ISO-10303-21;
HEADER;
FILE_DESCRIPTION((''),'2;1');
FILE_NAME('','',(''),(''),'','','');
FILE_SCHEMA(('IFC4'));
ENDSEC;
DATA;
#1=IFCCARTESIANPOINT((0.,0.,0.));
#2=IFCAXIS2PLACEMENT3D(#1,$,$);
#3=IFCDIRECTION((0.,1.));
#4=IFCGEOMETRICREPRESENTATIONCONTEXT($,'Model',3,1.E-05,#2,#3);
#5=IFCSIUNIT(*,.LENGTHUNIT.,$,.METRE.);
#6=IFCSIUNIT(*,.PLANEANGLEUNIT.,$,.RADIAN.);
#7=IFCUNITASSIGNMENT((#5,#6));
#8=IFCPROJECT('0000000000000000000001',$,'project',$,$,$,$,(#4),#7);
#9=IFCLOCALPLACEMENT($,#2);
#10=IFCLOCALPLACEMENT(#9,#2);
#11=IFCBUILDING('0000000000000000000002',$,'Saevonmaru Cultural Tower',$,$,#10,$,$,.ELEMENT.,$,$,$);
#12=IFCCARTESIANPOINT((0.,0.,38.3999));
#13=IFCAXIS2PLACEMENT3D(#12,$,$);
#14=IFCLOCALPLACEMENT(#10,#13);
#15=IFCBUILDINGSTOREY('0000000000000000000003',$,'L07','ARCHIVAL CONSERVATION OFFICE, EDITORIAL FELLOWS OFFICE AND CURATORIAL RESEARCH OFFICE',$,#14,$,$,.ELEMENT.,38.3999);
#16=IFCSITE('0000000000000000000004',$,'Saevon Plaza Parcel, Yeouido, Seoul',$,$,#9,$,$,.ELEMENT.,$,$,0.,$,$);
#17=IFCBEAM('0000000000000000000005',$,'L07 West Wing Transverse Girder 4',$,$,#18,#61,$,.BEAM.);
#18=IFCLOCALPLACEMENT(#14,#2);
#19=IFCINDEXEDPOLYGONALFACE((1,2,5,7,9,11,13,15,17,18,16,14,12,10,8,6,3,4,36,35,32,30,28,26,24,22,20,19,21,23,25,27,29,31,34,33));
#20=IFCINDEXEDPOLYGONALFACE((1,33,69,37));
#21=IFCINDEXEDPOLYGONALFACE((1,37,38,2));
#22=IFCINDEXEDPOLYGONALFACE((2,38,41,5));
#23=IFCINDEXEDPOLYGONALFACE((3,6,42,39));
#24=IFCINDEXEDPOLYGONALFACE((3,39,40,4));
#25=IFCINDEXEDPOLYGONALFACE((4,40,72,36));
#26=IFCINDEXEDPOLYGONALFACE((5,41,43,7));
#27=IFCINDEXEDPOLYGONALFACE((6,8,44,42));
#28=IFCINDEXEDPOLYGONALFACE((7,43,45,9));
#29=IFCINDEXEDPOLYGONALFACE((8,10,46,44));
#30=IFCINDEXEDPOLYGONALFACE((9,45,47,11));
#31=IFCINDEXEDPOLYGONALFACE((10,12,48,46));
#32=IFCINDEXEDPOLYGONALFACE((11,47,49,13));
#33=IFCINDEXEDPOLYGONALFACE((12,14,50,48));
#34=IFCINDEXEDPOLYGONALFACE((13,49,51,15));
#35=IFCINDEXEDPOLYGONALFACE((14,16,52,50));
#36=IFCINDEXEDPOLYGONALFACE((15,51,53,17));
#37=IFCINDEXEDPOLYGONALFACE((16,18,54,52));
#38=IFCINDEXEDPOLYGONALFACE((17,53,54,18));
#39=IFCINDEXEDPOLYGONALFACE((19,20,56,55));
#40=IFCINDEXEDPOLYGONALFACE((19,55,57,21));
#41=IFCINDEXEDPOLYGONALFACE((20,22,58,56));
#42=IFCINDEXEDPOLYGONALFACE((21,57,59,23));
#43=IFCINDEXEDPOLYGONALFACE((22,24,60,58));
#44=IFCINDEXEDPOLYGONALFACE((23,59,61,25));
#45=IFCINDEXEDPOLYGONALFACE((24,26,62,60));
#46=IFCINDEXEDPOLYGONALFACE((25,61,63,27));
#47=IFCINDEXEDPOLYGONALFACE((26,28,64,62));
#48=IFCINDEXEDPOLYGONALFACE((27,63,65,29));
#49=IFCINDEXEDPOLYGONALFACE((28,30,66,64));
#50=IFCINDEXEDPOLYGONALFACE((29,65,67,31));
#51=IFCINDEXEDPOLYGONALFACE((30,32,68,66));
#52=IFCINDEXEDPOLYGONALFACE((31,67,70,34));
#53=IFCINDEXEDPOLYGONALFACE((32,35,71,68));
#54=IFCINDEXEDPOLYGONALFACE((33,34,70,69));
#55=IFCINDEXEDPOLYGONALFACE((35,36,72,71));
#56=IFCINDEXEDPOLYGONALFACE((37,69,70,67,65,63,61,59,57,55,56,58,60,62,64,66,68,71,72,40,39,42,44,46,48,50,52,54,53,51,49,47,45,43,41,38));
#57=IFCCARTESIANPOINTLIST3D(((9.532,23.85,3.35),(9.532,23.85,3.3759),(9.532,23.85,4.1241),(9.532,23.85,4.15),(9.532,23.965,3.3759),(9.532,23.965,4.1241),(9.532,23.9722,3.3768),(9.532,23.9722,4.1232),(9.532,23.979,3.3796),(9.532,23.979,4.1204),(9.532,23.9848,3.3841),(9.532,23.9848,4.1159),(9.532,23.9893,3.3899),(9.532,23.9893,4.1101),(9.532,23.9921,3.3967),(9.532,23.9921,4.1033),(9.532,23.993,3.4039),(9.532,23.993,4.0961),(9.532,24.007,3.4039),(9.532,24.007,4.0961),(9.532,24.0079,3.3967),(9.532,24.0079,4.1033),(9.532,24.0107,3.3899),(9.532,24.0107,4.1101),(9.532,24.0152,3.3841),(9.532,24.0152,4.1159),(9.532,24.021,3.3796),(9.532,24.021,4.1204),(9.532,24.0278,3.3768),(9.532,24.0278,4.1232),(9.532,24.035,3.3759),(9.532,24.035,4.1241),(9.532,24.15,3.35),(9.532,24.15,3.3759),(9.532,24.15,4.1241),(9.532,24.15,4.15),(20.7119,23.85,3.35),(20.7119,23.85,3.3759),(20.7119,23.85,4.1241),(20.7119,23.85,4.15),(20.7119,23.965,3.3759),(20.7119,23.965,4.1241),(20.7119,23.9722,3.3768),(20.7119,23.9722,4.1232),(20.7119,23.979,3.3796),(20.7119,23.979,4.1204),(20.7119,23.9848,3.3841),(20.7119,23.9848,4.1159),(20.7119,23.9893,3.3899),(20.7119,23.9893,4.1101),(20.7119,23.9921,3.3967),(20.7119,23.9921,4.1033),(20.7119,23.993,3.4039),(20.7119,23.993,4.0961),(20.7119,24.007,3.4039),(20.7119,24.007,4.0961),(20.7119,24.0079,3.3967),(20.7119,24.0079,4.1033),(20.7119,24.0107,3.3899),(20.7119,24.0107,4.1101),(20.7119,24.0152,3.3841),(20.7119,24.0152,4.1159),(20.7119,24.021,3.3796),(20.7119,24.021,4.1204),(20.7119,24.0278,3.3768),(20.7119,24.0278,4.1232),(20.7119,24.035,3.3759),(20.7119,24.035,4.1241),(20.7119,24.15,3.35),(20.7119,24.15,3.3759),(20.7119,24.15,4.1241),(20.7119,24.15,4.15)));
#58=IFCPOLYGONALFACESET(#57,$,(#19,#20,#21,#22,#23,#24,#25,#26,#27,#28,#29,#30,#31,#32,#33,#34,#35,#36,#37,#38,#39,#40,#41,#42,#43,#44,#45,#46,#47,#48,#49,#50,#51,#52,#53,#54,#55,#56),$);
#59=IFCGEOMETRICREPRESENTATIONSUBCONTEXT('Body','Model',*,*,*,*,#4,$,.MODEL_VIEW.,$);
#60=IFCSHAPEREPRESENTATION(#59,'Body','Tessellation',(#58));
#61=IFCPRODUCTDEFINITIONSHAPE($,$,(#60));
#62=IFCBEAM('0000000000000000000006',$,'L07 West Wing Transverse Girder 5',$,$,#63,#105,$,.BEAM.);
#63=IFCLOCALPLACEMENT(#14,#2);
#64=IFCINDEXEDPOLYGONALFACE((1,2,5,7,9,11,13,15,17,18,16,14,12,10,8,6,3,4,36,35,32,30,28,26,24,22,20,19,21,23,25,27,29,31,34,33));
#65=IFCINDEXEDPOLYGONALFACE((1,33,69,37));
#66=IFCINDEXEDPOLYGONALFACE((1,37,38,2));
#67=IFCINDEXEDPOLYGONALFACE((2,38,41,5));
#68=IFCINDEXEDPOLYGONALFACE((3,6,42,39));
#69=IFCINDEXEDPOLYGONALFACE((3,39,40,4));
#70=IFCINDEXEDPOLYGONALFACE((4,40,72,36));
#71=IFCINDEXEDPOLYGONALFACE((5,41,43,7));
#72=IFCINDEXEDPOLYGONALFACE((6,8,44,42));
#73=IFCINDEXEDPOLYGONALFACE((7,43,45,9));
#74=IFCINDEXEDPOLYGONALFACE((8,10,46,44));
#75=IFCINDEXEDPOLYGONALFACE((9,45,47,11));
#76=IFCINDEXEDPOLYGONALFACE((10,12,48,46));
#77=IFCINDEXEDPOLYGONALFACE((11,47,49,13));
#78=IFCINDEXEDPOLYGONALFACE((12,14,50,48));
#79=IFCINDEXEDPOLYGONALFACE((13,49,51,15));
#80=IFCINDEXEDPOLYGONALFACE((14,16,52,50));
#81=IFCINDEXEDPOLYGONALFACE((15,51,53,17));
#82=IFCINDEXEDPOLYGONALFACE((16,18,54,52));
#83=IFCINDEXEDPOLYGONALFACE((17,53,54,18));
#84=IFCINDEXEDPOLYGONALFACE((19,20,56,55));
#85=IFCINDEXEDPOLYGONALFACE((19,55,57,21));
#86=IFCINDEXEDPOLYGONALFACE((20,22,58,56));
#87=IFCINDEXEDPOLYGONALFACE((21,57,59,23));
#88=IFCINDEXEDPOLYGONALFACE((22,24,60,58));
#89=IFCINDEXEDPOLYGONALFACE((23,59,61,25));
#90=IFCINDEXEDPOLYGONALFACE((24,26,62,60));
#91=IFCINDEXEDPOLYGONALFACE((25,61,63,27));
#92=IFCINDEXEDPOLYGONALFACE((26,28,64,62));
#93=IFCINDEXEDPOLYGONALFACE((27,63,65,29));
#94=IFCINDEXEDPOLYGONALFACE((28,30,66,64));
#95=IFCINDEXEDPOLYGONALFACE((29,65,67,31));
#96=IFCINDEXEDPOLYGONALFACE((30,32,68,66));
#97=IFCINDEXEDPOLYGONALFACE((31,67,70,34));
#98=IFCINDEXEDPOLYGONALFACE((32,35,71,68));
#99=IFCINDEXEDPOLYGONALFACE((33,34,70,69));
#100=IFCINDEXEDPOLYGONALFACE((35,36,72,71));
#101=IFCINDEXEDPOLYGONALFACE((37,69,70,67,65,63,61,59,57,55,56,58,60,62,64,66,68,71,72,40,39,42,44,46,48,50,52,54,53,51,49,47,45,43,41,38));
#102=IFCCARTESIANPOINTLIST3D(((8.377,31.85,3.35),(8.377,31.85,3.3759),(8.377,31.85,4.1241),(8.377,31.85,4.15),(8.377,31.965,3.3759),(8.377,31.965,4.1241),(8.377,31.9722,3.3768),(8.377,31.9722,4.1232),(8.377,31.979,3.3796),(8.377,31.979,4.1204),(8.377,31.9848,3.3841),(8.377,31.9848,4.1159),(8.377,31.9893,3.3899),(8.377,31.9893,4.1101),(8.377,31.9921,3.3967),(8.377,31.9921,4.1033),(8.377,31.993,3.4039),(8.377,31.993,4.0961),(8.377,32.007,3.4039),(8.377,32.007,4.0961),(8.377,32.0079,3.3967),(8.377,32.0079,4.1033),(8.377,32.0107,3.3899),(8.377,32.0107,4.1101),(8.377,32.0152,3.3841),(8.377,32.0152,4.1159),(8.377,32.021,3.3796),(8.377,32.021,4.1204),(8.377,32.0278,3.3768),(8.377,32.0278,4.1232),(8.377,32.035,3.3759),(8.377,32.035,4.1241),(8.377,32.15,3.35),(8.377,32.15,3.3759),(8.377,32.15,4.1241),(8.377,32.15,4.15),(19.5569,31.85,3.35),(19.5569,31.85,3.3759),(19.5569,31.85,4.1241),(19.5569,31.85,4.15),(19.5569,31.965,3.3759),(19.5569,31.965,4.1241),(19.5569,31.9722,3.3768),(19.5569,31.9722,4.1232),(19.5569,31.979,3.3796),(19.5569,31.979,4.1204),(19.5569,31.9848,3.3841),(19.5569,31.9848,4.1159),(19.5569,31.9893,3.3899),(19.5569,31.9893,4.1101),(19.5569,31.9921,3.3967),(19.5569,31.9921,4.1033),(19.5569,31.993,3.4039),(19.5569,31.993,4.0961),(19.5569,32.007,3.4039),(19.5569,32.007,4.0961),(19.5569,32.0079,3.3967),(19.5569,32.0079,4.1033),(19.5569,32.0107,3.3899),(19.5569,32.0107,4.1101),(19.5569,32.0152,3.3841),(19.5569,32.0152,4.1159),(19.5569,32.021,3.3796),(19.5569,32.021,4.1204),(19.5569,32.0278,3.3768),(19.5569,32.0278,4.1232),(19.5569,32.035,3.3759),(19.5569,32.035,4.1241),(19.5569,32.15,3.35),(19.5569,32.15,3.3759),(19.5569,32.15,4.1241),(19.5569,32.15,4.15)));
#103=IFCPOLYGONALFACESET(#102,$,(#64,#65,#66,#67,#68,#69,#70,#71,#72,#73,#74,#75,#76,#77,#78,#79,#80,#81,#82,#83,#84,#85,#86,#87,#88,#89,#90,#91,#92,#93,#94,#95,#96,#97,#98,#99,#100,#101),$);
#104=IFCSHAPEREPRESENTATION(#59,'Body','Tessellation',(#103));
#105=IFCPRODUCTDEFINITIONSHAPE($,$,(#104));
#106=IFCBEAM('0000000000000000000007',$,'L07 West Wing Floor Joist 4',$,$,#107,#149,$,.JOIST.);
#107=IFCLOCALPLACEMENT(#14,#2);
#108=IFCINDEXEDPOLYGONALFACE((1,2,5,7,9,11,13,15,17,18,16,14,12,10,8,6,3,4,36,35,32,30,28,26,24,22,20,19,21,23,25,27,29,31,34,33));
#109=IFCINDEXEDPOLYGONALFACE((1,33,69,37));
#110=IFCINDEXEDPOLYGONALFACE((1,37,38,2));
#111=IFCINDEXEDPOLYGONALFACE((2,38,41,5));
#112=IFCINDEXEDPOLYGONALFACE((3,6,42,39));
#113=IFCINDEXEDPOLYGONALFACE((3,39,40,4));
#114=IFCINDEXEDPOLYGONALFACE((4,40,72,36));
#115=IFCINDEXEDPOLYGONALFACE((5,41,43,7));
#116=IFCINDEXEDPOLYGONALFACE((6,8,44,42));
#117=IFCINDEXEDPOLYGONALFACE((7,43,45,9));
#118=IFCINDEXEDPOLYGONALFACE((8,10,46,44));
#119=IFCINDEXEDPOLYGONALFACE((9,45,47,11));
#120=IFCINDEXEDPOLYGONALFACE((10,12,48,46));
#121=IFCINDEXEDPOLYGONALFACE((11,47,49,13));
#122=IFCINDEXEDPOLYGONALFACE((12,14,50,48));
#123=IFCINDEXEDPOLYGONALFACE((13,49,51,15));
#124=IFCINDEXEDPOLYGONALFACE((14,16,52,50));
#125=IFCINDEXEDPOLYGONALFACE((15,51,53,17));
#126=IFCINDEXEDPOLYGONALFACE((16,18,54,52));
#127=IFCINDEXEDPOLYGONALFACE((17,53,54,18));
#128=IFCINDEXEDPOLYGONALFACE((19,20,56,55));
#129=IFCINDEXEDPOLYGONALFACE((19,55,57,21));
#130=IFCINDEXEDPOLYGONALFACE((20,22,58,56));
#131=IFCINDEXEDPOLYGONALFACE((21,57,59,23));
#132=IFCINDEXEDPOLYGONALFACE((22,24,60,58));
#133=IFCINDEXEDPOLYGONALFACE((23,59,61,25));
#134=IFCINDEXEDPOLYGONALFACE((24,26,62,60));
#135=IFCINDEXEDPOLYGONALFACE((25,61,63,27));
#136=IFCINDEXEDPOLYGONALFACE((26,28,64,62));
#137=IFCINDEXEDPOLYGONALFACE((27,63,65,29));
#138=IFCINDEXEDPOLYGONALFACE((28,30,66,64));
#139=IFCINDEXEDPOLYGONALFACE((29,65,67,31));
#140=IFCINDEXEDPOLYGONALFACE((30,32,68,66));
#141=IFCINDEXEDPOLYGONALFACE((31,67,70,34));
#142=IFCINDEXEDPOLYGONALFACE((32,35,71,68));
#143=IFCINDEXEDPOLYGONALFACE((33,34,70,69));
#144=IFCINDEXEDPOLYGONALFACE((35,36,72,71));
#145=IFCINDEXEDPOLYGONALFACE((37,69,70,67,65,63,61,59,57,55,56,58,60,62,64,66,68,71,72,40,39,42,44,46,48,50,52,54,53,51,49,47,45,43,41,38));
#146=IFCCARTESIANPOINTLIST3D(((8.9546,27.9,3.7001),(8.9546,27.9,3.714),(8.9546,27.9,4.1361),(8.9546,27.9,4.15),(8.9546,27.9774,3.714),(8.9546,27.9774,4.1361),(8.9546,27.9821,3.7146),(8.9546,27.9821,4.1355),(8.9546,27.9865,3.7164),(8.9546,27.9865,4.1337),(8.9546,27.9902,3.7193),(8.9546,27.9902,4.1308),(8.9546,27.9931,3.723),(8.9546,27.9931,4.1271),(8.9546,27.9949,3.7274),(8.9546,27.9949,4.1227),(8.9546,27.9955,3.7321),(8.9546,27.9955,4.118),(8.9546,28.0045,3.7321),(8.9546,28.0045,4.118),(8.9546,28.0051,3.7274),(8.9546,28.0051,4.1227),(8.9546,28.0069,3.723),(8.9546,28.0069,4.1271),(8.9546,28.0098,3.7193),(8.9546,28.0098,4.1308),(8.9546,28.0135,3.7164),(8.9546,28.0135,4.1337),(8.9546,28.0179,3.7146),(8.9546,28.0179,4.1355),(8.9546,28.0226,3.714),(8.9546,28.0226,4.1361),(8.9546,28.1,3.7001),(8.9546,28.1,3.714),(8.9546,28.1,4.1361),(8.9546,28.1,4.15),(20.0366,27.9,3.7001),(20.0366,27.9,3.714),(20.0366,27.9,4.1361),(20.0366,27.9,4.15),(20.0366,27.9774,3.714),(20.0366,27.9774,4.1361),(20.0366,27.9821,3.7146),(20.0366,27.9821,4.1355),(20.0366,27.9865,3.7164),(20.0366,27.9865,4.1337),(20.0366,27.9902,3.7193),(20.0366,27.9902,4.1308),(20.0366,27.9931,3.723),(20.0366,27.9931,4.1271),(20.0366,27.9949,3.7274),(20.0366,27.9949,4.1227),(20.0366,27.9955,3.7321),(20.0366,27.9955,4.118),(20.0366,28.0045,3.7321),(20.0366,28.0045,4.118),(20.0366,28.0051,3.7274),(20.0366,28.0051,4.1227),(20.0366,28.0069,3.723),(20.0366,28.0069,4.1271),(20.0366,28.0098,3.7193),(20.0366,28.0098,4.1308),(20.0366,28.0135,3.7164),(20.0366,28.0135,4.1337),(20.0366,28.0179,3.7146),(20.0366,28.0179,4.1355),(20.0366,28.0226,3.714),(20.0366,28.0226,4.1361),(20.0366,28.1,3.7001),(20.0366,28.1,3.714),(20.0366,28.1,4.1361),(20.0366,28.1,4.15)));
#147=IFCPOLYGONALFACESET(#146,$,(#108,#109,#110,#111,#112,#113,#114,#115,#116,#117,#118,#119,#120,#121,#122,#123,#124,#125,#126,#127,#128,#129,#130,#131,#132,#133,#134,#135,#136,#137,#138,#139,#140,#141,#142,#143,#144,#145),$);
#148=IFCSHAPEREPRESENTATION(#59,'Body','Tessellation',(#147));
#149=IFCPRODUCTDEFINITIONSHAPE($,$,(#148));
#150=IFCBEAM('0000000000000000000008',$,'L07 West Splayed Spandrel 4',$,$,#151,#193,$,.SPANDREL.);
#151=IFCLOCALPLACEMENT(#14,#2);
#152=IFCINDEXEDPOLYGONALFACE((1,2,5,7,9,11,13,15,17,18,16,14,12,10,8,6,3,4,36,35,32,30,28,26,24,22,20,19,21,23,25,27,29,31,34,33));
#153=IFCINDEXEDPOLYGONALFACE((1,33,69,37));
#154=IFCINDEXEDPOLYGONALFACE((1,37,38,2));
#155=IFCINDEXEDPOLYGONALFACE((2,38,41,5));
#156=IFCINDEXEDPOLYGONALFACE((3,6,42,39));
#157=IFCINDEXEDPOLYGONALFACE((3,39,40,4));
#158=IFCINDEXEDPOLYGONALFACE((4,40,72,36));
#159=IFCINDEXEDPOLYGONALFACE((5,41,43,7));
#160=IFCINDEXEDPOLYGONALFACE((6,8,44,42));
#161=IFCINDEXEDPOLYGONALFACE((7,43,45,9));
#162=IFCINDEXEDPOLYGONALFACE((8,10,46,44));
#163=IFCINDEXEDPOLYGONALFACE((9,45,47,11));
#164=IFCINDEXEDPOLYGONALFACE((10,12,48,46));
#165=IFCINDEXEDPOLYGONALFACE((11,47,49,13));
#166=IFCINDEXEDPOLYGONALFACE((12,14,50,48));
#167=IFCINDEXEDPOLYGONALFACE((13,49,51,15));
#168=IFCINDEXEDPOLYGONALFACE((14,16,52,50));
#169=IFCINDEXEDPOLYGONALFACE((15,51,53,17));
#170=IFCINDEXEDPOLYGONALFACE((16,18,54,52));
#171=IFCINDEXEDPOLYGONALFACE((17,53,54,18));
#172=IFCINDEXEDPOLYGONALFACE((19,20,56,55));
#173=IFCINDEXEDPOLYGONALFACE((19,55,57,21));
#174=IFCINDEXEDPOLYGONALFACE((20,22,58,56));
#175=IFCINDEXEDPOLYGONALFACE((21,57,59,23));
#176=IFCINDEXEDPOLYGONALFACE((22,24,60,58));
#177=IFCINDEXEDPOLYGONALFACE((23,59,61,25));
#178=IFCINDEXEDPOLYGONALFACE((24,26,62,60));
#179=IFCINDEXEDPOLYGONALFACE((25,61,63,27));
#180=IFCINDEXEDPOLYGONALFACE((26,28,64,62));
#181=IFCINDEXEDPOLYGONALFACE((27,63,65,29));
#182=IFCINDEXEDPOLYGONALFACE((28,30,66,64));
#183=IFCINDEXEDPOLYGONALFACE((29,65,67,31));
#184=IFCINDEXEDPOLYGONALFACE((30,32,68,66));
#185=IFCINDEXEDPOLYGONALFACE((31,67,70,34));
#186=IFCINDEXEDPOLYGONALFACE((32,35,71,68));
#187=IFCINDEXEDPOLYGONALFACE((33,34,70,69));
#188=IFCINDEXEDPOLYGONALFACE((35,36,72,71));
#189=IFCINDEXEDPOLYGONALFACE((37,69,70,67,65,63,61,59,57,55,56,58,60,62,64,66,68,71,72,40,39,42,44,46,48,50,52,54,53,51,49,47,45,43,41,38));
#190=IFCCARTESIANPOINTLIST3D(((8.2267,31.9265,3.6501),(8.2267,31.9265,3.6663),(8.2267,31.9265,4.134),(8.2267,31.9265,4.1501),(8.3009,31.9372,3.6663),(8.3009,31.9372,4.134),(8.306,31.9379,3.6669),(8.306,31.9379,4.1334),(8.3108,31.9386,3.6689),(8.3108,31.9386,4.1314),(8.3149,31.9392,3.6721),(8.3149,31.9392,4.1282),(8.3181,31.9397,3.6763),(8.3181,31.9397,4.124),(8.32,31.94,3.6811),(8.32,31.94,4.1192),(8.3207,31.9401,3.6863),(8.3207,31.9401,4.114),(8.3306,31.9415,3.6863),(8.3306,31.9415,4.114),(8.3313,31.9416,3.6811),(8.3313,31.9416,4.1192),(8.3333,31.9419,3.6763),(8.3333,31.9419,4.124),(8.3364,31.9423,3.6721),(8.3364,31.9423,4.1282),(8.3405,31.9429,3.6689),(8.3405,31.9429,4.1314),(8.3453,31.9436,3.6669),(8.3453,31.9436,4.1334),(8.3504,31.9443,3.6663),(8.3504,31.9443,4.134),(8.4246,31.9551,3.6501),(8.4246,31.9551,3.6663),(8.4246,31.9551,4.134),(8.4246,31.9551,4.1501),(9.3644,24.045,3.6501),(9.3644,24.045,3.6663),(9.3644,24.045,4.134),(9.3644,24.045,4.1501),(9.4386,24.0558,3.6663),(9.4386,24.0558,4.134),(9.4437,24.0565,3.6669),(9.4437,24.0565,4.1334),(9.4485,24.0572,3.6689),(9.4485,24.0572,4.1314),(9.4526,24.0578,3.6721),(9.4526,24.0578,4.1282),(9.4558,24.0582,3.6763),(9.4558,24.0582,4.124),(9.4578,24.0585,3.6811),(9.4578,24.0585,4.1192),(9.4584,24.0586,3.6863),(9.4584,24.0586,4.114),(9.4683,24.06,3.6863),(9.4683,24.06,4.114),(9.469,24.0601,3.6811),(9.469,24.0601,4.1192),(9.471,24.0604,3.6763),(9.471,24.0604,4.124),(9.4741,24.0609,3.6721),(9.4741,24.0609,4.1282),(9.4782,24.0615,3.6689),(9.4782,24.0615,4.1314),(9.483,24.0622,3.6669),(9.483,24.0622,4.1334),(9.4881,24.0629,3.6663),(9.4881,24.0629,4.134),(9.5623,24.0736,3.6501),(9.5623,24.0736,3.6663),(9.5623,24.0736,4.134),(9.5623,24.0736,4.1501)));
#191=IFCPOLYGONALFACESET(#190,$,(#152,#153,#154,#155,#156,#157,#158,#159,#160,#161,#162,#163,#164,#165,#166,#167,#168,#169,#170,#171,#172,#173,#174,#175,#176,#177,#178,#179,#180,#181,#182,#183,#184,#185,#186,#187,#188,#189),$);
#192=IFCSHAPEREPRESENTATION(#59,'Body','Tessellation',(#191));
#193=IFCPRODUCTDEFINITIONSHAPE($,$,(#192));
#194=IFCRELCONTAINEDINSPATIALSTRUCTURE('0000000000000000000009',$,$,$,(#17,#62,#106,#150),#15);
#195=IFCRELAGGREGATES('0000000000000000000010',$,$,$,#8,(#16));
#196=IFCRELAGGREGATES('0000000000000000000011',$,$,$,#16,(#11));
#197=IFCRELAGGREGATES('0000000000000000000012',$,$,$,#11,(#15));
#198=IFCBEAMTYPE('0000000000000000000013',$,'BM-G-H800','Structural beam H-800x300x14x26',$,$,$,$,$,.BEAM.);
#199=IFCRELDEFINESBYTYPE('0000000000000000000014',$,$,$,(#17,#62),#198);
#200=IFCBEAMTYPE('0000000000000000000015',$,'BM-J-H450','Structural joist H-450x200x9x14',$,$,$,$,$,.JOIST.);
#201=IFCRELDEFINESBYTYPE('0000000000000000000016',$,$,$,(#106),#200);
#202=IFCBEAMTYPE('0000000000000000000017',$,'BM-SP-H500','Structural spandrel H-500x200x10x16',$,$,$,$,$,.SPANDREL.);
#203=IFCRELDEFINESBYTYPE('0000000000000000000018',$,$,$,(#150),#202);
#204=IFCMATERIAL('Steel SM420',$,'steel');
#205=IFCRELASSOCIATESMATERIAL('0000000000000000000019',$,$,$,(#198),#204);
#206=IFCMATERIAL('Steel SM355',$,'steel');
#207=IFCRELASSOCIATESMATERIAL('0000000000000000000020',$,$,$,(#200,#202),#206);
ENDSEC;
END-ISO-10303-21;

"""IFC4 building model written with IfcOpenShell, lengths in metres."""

from ifc_helpers import new_model, si_unit, direction, frame, origin, origin_2d, place, context, subcontext, project, spatial, i_section, extrude, material, material_profile, profile_set, type_object, element, save


model = new_model("IFC4")

# Units and contexts
model_context = context("Model", 3, precision=1e-05, world=origin(), true_north=direction((0.0, 1.0)))
body_context = subcontext(model_context, "Body", "Model", "MODEL_VIEW")
ifc_project = project(units=[si_unit("LENGTHUNIT", "METRE"), si_unit("PLANEANGLEUNIT", "RADIAN")], contexts=[model_context])

# Site, building, storey
site_placement = place(None, origin())
site = spatial("IfcSite", under=ifc_project, at=site_placement, Name="Saevon Plaza Parcel, Yeouido, Seoul", CompositionType="ELEMENT", RefElevation=0.0)
building_placement = place(site_placement, origin())
building = spatial("IfcBuilding", under=site, at=building_placement, Name="Saevonmaru Cultural Tower", CompositionType="ELEMENT")
storey_placement = place(building_placement, frame((0.0, 0.0, 38.3999)))
storey = spatial("IfcBuildingStorey", under=building, at=storey_placement, Name="L07", Description="ARCHIVAL CONSERVATION OFFICE, EDITORIAL FELLOWS OFFICE AND CURATORIAL RESEARCH OFFICE", CompositionType="ELEMENT", Elevation=38.3999)

# Shared definitions
ifc_material_1 = material(Name="Steel SM420", Category="steel")

# Beams
ifc_material_profile_1 = material_profile(ifc_material_1, i_section(OverallWidth=0.3, OverallDepth=0.8, WebThickness=0.0139, FlangeThickness=0.0259, FilletRadius=0.0281, at=origin_2d()), Name="H-800x300x14x26")
ifc_profile_set_1 = profile_set([ifc_material_profile_1], Name="Steel SM420")
beam_type_1 = type_object("IfcBeamType", Name="BM-G-H800", Description="Structural beam H-800x300x14x26", PredefinedType="BEAM", material=ifc_profile_set_1)
for number, where, z_axis, x_axis, name in (
    (1, (9.532, 24.0, 3.75), (1.0, 0.0, 0.0), (0.0, 1.0, 0.0), "L07 West Wing Transverse Girder 4"),
    (2, (8.377, 32.0, 3.75), (1.0, 0.0, 0.0), (0.0, 1.0, 0.0), "L07 West Wing Transverse Girder 5"),
):
    element("IfcBeam", number, at=place(storey_placement, frame(where, z_axis=z_axis, x_axis=x_axis)), inside=storey, type_object=beam_type_1, Name=name, PredefinedType="BEAM", context=body_context, shape_type="SweptSolid", body=[
        extrude(i_section(OverallWidth=0.3, OverallDepth=0.8, WebThickness=0.0139, FlangeThickness=0.0259, FilletRadius=0.0281, at=origin_2d()), origin(), (0.0, 0.0, 1.0), 11.1799),
    ])
ifc_material_2 = material(Name="Steel SM355", Category="steel")
ifc_material_profile_2 = material_profile(ifc_material_2, i_section(OverallWidth=0.2, OverallDepth=0.45, WebThickness=0.009, FlangeThickness=0.0139, FilletRadius=0.0181, at=origin_2d()), Name="H-450x200x9x14")
ifc_profile_set_2 = profile_set([ifc_material_profile_2], Name="Steel SM355")
beam_type_2 = type_object("IfcBeamType", Name="BM-J-H450", Description="Structural joist H-450x200x9x14", PredefinedType="JOIST", material=ifc_profile_set_2)
beam_1_placement = place(storey_placement, frame((8.9546, 28.0, 3.925), z_axis=(1.0, 0.0, 0.0), x_axis=(0.0, 1.0, 0.0)))
element("IfcBeam", 3, at=beam_1_placement, inside=storey, type_object=beam_type_2, Name="L07 West Wing Floor Joist 4", PredefinedType="JOIST", context=body_context, shape_type="SweptSolid", body=[
    extrude(i_section(OverallWidth=0.2, OverallDepth=0.45, WebThickness=0.009, FlangeThickness=0.0139, FilletRadius=0.0181, at=origin_2d()), origin(), (0.0, 0.0, 1.0), 11.082),
])
ifc_material_profile_3 = material_profile(ifc_material_2, i_section(OverallWidth=0.2, OverallDepth=0.5, WebThickness=0.01, FlangeThickness=0.0161, FilletRadius=0.02, at=origin_2d()), Name="H-500x200x10x16")
ifc_profile_set_3 = profile_set([ifc_material_profile_3], Name="Steel SM355")
beam_type_3 = type_object("IfcBeamType", Name="BM-SP-H500", Description="Structural spandrel H-500x200x10x16", PredefinedType="SPANDREL", material=ifc_profile_set_3)
beam_2_placement = place(storey_placement, frame((9.4634, 24.0593, 3.9001), z_axis=(-0.142872, 0.989741, 0.0), x_axis=(-0.989741, -0.142872, 0.0)))
element("IfcBeam", 4, at=beam_2_placement, inside=storey, type_object=beam_type_3, Name="L07 West Splayed Spandrel 4", PredefinedType="SPANDREL", context=body_context, shape_type="SweptSolid", body=[
    extrude(i_section(OverallWidth=0.2, OverallDepth=0.5, WebThickness=0.01, FlangeThickness=0.0161, FilletRadius=0.02, at=origin_2d()), origin(), (0.0, 0.0, 1.0), 7.9631),
])

save(model, "model.ifc")
